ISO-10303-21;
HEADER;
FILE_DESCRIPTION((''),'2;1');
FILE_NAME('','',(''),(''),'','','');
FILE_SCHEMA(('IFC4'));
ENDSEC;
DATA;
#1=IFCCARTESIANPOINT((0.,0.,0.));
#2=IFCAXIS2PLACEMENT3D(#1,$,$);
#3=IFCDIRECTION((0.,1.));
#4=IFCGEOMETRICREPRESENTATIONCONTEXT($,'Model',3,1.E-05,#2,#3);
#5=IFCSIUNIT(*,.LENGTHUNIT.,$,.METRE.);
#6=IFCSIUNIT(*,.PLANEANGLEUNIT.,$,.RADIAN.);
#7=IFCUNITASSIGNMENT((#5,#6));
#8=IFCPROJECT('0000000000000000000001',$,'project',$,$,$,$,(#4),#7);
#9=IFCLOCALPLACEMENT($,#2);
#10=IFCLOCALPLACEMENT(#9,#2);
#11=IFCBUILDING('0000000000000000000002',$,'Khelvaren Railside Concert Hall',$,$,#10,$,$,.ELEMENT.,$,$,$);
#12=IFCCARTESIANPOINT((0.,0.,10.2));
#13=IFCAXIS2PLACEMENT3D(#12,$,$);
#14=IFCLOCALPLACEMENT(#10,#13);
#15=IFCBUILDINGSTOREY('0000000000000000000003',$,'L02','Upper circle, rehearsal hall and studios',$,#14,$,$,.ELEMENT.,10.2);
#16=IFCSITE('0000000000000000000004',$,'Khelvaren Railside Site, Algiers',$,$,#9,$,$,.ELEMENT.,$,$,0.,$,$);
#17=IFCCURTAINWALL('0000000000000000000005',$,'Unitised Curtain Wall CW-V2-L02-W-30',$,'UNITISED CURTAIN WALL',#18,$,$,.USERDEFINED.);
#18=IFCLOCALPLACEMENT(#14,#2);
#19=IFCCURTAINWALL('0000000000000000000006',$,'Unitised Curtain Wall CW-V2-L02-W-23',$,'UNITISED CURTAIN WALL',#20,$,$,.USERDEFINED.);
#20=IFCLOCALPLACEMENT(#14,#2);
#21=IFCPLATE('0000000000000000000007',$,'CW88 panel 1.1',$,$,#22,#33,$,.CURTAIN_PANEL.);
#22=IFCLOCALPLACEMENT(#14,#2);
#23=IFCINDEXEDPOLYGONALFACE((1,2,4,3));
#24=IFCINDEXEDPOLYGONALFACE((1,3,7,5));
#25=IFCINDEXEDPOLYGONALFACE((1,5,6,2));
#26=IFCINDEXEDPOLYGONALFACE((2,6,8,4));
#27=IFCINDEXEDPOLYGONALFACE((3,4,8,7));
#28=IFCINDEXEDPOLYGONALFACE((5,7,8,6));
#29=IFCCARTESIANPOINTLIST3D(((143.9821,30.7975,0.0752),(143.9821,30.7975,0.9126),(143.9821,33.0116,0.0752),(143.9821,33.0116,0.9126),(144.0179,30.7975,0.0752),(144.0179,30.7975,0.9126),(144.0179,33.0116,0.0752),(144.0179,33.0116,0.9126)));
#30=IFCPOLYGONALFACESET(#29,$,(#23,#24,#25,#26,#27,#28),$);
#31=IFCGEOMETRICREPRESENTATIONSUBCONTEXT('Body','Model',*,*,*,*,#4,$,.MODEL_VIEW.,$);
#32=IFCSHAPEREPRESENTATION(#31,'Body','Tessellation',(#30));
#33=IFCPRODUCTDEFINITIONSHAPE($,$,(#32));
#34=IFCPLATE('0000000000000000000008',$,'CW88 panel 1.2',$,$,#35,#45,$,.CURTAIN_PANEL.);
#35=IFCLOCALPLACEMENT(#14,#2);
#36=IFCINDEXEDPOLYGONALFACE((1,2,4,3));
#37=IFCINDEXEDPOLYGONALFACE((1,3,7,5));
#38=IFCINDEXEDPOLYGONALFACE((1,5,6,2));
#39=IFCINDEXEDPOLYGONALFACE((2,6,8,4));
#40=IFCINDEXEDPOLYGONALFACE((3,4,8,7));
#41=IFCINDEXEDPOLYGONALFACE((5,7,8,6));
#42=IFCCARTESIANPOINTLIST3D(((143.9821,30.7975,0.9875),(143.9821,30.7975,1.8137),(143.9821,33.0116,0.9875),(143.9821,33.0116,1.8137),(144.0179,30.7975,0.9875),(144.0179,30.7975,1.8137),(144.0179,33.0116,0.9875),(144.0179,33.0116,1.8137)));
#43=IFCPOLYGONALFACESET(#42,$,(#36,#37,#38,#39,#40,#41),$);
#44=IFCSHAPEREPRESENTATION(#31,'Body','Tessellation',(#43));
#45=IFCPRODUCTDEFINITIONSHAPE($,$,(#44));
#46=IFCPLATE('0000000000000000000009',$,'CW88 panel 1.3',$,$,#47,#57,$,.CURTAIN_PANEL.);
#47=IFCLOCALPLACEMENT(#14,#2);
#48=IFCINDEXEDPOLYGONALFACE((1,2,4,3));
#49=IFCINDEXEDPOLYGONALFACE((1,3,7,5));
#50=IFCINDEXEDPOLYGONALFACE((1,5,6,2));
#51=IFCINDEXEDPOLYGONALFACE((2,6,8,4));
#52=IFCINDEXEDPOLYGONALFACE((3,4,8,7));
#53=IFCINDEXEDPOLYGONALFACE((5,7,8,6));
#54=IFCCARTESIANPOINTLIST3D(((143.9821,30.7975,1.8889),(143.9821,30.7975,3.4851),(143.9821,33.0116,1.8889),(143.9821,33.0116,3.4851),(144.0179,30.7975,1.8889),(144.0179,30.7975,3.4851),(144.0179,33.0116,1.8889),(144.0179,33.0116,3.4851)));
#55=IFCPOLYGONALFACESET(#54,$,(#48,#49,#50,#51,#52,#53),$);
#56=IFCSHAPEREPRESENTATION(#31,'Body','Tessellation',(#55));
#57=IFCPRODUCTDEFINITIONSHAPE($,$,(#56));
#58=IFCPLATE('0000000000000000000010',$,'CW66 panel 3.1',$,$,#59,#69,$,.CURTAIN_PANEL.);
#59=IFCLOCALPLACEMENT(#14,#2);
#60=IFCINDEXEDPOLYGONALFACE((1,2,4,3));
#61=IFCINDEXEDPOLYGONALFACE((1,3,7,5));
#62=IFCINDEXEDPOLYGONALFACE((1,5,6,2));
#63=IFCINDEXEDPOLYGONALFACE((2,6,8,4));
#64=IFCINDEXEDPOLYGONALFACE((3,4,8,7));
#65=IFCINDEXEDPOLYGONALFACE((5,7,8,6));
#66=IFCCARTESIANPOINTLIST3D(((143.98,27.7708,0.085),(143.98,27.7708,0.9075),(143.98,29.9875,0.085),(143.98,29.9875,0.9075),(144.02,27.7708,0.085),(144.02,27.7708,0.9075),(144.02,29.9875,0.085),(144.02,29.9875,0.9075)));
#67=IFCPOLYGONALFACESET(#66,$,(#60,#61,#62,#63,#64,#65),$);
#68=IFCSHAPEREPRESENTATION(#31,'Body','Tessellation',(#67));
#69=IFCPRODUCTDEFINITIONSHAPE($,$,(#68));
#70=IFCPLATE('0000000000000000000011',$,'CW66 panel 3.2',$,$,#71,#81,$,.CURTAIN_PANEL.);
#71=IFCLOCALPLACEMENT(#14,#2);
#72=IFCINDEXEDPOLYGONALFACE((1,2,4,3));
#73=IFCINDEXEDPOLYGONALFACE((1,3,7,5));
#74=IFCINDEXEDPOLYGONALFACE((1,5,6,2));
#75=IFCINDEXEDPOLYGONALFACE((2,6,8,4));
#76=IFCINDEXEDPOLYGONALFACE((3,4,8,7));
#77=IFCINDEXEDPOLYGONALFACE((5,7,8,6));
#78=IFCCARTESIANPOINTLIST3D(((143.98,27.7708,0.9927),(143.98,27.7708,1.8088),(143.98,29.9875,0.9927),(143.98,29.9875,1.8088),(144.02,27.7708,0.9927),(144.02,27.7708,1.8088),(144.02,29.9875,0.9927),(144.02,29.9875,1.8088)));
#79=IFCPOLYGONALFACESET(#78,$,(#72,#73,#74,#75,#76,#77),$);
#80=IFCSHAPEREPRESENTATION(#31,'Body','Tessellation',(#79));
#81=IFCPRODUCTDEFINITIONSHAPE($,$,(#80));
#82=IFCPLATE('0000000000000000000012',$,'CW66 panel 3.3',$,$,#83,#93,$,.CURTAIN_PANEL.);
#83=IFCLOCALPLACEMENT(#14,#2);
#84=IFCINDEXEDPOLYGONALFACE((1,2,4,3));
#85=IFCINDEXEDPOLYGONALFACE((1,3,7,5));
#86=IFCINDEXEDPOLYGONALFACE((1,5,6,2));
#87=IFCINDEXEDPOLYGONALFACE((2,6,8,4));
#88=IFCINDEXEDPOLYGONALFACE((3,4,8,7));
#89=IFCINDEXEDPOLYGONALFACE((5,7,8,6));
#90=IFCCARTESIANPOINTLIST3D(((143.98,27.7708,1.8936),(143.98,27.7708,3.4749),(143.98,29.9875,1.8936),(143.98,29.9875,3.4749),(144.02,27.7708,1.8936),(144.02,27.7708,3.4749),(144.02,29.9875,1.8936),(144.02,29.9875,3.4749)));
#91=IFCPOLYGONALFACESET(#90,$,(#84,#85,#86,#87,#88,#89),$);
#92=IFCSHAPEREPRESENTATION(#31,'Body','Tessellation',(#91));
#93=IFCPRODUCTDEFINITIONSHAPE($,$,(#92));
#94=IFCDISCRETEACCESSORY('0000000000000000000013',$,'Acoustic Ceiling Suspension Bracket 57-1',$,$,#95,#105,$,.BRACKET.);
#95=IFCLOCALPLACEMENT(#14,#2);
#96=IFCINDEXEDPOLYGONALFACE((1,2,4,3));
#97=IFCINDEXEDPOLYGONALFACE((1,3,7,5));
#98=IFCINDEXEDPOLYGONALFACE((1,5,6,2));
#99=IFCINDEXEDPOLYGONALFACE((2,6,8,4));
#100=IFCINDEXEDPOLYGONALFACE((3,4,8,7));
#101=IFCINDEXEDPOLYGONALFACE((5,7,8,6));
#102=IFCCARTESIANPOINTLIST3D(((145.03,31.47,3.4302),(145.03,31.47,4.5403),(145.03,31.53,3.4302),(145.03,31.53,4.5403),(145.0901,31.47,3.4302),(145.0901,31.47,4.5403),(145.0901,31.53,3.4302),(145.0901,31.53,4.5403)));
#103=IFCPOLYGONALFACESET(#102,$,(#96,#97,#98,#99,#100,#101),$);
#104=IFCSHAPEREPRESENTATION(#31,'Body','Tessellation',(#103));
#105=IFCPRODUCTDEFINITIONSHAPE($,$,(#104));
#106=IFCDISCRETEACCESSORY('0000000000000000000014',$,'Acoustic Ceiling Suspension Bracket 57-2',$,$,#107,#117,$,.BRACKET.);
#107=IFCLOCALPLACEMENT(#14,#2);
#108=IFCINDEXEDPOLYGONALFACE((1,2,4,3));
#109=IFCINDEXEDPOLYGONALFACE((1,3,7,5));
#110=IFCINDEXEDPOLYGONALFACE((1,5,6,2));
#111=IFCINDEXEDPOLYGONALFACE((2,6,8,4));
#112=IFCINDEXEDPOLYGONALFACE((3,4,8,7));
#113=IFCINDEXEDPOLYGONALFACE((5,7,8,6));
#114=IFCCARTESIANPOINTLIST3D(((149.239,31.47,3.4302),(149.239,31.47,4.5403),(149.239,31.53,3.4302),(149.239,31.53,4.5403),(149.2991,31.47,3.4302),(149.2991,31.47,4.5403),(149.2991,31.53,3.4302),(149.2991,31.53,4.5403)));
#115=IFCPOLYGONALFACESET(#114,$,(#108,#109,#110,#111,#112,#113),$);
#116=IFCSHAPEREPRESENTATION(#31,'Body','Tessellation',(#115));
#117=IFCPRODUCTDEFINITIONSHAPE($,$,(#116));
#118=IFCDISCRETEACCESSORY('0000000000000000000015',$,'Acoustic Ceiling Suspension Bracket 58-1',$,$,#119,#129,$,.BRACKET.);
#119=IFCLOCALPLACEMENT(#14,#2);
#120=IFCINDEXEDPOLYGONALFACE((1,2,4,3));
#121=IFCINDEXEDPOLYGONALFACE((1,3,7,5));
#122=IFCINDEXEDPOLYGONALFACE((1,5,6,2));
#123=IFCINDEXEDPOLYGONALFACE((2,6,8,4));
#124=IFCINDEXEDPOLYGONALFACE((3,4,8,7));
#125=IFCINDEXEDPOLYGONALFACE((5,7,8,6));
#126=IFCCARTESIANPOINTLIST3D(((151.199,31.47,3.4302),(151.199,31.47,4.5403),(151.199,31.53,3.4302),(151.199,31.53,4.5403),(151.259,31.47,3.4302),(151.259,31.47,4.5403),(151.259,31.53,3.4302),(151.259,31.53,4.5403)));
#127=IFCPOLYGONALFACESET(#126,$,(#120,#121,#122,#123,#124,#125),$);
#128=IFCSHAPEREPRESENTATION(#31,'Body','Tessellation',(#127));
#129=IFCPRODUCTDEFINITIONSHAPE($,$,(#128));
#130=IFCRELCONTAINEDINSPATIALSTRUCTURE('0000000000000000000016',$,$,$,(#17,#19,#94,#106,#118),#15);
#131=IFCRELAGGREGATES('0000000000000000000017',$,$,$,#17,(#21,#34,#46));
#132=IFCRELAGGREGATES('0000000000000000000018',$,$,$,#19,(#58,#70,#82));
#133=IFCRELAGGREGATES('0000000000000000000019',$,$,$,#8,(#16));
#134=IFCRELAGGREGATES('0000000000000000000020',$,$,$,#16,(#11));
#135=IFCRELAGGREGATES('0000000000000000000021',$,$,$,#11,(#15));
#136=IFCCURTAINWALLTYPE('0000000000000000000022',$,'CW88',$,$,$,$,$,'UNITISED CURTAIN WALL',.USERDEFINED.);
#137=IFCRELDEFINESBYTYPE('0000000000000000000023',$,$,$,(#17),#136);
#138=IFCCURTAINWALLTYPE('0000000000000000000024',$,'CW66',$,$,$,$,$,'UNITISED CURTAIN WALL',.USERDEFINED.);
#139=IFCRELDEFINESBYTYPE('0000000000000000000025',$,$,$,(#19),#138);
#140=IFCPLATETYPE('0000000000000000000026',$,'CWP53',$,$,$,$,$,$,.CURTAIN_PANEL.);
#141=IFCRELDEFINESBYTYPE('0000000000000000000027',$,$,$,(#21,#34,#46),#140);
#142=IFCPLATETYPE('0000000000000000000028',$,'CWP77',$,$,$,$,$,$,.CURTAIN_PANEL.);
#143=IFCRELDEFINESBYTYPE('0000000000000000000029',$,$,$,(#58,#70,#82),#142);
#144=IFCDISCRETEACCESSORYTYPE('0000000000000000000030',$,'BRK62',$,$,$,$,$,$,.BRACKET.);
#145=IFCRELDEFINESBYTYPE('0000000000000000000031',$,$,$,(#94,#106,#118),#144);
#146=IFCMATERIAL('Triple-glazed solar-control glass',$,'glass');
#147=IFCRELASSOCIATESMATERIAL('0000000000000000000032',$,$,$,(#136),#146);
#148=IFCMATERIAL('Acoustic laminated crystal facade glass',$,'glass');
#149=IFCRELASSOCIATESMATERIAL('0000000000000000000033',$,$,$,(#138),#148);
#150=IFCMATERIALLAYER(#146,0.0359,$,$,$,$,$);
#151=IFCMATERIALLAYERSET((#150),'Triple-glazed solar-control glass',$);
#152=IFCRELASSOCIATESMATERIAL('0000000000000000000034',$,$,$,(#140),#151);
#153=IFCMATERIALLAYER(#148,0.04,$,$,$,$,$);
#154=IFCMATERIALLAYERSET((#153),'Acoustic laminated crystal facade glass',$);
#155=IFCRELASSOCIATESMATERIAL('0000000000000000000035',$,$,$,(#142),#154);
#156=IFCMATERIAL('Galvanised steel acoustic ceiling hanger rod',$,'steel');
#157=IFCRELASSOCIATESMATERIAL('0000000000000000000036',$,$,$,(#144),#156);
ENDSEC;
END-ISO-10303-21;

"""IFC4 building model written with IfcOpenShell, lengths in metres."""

from ifc_helpers import new_model, si_unit, direction, frame, origin, origin_2d, place, context, subcontext, project, spatial, rectangle, extrude, material, layer, layer_set, type_object, element, aggregate, save


model = new_model("IFC4")

# Units and contexts
model_context = context("Model", 3, precision=1e-05, world=origin(), true_north=direction((0.0, 1.0)))
body_context = subcontext(model_context, "Body", "Model", "MODEL_VIEW")
ifc_project = project(units=[si_unit("LENGTHUNIT", "METRE"), si_unit("PLANEANGLEUNIT", "RADIAN")], contexts=[model_context])

# Site, building, storey
site_placement = place(None, origin())
site = spatial("IfcSite", under=ifc_project, at=site_placement, Name="Khelvaren Railside Site, Algiers", CompositionType="ELEMENT", RefElevation=0.0)
building_placement = place(site_placement, origin())
building = spatial("IfcBuilding", under=site, at=building_placement, Name="Khelvaren Railside Concert Hall", CompositionType="ELEMENT")
storey_placement = place(building_placement, frame((0.0, 0.0, 10.2)))
storey = spatial("IfcBuildingStorey", under=building, at=storey_placement, Name="L02", Description="Upper circle, rehearsal hall and studios", CompositionType="ELEMENT", Elevation=10.2)

# Curtain walls
ifc_material_1 = material(Name="Triple-glazed solar-control glass", Category="glass")
curtain_wall_type_1 = type_object("IfcCurtainWallType", Name="CW88", ElementType="UNITISED CURTAIN WALL", PredefinedType="USERDEFINED", material=ifc_material_1)
curtain_wall_1_placement = place(storey_placement, origin())
curtain_wall_1 = element("IfcCurtainWall", 1, at=curtain_wall_1_placement, inside=storey, type_object=curtain_wall_type_1, Name="Unitised Curtain Wall CW-V2-L02-W-30", ObjectType="UNITISED CURTAIN WALL", PredefinedType="USERDEFINED")
ifc_material_2 = material(Name="Acoustic laminated crystal facade glass", Category="glass")
curtain_wall_type_2 = type_object("IfcCurtainWallType", Name="CW66", ElementType="UNITISED CURTAIN WALL", PredefinedType="USERDEFINED", material=ifc_material_2)
curtain_wall_2_placement = place(storey_placement, origin())
curtain_wall_2 = element("IfcCurtainWall", 2, at=curtain_wall_2_placement, inside=storey, type_object=curtain_wall_type_2, Name="Unitised Curtain Wall CW-V2-L02-W-23", ObjectType="UNITISED CURTAIN WALL", PredefinedType="USERDEFINED")

# Plates
ifc_layer_1 = layer(ifc_material_1, 0.0359)
ifc_layer_set_1 = layer_set([ifc_layer_1], Name="Triple-glazed solar-control glass")
plate_type_1 = type_object("IfcPlateType", Name="CWP53", PredefinedType="CURTAIN_PANEL", material=ifc_layer_set_1)
plate_1_placement = place(storey_placement, frame((144.0, 31.9045, 0.0752), z_axis=(0.0, 0.0, 1.0), x_axis=(0.0, 1.0, 0.0)))
plate_1 = element("IfcPlate", 3, at=plate_1_placement, type_object=plate_type_1, Name="CW88 panel 1.1", PredefinedType="CURTAIN_PANEL", context=body_context, shape_type="SweptSolid", body=[
    extrude(rectangle(XDim=2.2141, YDim=0.0359, at=origin_2d()), origin(), (0.0, 0.0, 1.0), 0.8374),
])
plate_2_placement = place(storey_placement, frame((144.0, 31.9045, 0.9875), z_axis=(0.0, 0.0, 1.0), x_axis=(0.0, 1.0, 0.0)))
plate_2 = element("IfcPlate", 4, at=plate_2_placement, type_object=plate_type_1, Name="CW88 panel 1.2", PredefinedType="CURTAIN_PANEL", context=body_context, shape_type="SweptSolid", body=[
    extrude(rectangle(XDim=2.2141, YDim=0.0359, at=origin_2d()), origin(), (0.0, 0.0, 1.0), 0.8262),
])
plate_3_placement = place(storey_placement, frame((144.0, 31.9045, 1.8889), z_axis=(0.0, 0.0, 1.0), x_axis=(0.0, 1.0, 0.0)))
plate_3 = element("IfcPlate", 5, at=plate_3_placement, type_object=plate_type_1, Name="CW88 panel 1.3", PredefinedType="CURTAIN_PANEL", context=body_context, shape_type="SweptSolid", body=[
    extrude(rectangle(XDim=2.2141, YDim=0.0359, at=origin_2d()), origin(), (0.0, 0.0, 1.0), 1.5962),
])
aggregate(curtain_wall_1, [plate_1, plate_2, plate_3])
ifc_layer_2 = layer(ifc_material_2, 0.04)
ifc_layer_set_2 = layer_set([ifc_layer_2], Name="Acoustic laminated crystal facade glass")
plate_type_2 = type_object("IfcPlateType", Name="CWP77", PredefinedType="CURTAIN_PANEL", material=ifc_layer_set_2)
plate_4_placement = place(storey_placement, frame((144.0, 28.8792, 0.085), z_axis=(0.0, 0.0, 1.0), x_axis=(0.0, 1.0, 0.0)))
plate_4 = element("IfcPlate", 6, at=plate_4_placement, type_object=plate_type_2, Name="CW66 panel 3.1", PredefinedType="CURTAIN_PANEL", context=body_context, shape_type="SweptSolid", body=[
    extrude(rectangle(XDim=2.2168, YDim=0.04, at=origin_2d()), origin(), (0.0, 0.0, 1.0), 0.8225),
])
plate_5_placement = place(storey_placement, frame((144.0, 28.8792, 0.9927), z_axis=(0.0, 0.0, 1.0), x_axis=(0.0, 1.0, 0.0)))
plate_5 = element("IfcPlate", 7, at=plate_5_placement, type_object=plate_type_2, Name="CW66 panel 3.2", PredefinedType="CURTAIN_PANEL", context=body_context, shape_type="SweptSolid", body=[
    extrude(rectangle(XDim=2.2168, YDim=0.04, at=origin_2d()), origin(), (0.0, 0.0, 1.0), 0.8162),
])
plate_6_placement = place(storey_placement, frame((144.0, 28.8792, 1.8936), z_axis=(0.0, 0.0, 1.0), x_axis=(0.0, 1.0, 0.0)))
plate_6 = element("IfcPlate", 8, at=plate_6_placement, type_object=plate_type_2, Name="CW66 panel 3.3", PredefinedType="CURTAIN_PANEL", context=body_context, shape_type="SweptSolid", body=[
    extrude(rectangle(XDim=2.2168, YDim=0.04, at=origin_2d()), origin(), (0.0, 0.0, 1.0), 1.5813),
])
aggregate(curtain_wall_2, [plate_4, plate_5, plate_6])

# Discrete accessories
ifc_material_3 = material(Name="Galvanised steel acoustic ceiling hanger rod", Category="steel")
discrete_accessory_type = type_object("IfcDiscreteAccessoryType", Name="BRK62", PredefinedType="BRACKET", material=ifc_material_3)
for number, where, z_axis, x_axis, name in (
    (9, (145.0601, 31.5, 3.4302), (0.0, 0.0, 1.0), (1.0, 0.0, 0.0), "Acoustic Ceiling Suspension Bracket 57-1"),
    (10, (149.269, 31.5, 3.4302), (0.0, 0.0, 1.0), (1.0, 0.0, 0.0), "Acoustic Ceiling Suspension Bracket 57-2"),
    (11, (151.229, 31.5, 3.4302), (0.0, 0.0, 1.0), (1.0, 0.0, 0.0), "Acoustic Ceiling Suspension Bracket 58-1"),
):
    element("IfcDiscreteAccessory", number, at=place(storey_placement, frame(where, z_axis=z_axis, x_axis=x_axis)), inside=storey, type_object=discrete_accessory_type, Name=name, PredefinedType="BRACKET", context=body_context, shape_type="SweptSolid", body=[
        extrude(rectangle(XDim=0.0601, YDim=0.0601, at=origin_2d()), origin(), (0.0, 0.0, 1.0), 1.1101),
    ])

save(model, "model.ifc")
